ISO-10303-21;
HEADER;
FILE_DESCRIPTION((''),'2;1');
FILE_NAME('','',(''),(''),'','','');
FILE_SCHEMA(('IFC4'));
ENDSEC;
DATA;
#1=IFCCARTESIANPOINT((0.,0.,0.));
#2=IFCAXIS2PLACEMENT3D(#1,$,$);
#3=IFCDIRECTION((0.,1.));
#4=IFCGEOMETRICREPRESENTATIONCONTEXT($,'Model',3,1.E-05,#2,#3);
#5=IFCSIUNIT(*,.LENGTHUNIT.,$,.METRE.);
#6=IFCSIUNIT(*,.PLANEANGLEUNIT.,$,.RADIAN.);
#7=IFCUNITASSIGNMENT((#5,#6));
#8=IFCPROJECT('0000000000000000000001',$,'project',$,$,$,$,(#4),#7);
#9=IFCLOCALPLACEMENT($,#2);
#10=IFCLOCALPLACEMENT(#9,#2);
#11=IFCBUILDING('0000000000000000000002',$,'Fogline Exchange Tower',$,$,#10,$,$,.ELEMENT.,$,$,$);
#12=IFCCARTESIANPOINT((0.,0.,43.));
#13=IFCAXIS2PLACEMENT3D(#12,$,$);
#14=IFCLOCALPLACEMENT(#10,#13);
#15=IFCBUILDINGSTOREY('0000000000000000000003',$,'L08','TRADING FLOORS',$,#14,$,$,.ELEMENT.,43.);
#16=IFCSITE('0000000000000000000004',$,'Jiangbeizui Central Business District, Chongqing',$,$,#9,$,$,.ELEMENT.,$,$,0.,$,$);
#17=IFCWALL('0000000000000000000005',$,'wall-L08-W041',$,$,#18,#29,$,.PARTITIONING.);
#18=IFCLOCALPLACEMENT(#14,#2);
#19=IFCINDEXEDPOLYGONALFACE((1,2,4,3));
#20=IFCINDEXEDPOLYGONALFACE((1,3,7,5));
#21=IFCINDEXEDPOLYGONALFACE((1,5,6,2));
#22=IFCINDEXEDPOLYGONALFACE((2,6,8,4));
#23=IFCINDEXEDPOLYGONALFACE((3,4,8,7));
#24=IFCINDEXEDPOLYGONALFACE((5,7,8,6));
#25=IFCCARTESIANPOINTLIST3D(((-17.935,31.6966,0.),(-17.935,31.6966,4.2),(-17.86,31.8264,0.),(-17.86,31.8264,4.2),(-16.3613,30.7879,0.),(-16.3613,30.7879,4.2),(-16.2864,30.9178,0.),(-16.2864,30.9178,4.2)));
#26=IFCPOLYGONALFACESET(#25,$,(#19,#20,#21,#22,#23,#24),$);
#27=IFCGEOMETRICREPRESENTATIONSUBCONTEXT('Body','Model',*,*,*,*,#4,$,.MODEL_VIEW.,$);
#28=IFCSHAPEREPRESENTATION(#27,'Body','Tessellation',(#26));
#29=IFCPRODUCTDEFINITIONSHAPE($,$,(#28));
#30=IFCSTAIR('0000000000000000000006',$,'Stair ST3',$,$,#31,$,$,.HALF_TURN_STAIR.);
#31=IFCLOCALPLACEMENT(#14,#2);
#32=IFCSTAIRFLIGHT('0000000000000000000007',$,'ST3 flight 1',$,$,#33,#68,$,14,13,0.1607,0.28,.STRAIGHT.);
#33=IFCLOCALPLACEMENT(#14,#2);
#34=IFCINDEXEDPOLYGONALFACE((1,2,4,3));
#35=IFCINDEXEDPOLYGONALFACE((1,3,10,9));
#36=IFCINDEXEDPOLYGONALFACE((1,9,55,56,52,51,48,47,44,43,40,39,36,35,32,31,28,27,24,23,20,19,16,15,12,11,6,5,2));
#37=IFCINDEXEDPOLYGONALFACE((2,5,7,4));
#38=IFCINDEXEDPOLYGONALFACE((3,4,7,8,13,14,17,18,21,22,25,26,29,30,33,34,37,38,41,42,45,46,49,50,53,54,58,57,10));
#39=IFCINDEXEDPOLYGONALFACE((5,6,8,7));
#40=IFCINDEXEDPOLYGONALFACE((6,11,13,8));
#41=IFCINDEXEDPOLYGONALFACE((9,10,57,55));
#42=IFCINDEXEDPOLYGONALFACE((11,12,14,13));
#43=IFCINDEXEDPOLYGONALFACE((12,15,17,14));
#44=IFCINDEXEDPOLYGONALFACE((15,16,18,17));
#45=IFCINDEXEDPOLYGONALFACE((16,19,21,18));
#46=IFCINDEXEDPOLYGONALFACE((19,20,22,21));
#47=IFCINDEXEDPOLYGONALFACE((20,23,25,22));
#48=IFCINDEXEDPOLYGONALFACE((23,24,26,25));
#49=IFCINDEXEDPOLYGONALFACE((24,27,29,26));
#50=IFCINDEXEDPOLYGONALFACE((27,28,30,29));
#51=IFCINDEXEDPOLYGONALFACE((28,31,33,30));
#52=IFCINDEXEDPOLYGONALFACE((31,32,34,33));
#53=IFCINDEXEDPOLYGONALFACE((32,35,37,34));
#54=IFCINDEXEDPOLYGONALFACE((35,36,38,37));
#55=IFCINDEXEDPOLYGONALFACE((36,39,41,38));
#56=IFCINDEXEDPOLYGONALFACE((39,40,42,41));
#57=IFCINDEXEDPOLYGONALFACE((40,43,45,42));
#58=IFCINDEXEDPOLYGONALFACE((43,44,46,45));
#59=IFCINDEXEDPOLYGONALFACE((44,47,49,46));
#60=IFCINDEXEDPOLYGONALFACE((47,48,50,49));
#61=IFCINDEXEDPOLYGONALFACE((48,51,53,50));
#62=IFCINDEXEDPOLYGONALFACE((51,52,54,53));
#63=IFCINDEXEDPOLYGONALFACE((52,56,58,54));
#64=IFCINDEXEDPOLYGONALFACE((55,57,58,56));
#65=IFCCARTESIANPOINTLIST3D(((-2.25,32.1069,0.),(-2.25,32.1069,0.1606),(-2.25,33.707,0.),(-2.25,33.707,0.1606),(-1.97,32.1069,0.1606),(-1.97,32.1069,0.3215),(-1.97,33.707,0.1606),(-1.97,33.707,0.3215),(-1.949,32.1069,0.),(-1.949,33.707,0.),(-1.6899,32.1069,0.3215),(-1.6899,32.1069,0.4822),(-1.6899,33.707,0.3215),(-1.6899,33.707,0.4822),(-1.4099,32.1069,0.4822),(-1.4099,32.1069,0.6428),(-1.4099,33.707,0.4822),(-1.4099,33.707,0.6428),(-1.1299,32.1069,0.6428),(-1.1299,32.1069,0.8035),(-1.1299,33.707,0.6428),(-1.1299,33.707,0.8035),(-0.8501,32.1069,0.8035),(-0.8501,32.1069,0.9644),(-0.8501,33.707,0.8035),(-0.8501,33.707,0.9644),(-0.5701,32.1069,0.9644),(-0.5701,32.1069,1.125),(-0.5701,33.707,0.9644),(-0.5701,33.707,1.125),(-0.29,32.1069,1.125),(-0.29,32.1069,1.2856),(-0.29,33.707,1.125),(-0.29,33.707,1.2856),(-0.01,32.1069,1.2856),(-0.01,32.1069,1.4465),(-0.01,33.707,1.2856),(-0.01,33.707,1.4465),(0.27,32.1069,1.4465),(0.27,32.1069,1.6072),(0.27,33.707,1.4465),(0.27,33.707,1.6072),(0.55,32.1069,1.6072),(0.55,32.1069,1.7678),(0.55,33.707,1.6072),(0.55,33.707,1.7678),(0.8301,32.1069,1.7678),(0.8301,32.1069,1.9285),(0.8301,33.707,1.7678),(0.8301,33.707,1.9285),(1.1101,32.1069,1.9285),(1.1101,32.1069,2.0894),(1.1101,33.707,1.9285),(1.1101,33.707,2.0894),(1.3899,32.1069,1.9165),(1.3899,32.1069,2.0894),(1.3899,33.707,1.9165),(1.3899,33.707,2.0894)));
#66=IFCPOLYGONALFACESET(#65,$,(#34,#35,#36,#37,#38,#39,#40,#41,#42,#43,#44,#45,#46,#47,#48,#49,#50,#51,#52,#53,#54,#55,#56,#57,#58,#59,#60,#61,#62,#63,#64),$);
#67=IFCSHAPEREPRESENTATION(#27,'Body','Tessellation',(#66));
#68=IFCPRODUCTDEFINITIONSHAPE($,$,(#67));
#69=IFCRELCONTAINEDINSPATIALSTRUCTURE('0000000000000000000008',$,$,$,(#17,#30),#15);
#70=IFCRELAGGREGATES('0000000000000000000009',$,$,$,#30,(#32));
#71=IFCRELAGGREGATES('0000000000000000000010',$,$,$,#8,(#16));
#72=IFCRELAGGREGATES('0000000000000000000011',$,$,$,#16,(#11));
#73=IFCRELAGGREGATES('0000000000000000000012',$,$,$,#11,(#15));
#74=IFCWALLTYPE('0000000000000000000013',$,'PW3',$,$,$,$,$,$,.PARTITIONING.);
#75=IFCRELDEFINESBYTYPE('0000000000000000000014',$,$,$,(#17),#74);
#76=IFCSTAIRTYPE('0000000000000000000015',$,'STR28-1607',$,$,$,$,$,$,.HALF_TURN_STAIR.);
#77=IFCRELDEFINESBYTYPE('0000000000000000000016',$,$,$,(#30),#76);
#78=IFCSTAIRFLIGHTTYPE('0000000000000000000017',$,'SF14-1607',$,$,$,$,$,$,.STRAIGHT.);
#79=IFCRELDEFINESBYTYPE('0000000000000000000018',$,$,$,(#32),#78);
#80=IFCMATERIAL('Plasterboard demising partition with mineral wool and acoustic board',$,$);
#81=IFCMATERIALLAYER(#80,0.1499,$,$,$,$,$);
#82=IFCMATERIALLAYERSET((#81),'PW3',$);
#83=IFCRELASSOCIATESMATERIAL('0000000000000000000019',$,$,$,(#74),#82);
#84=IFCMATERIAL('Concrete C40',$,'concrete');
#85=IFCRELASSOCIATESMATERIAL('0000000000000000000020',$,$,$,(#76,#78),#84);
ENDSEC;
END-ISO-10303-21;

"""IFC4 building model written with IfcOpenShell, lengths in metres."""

from ifc_helpers import new_model, si_unit, direction, frame, frame_2d, origin, place, context, subcontext, project, spatial, polyline, rectangle, outline, extrude, material, layer, layer_set, type_object, element, aggregate, save


model = new_model("IFC4")

# Units and contexts
model_context = context("Model", 3, precision=1e-05, world=origin(), true_north=direction((0.0, 1.0)))
body_context = subcontext(model_context, "Body", "Model", "MODEL_VIEW")
ifc_project = project(units=[si_unit("LENGTHUNIT", "METRE"), si_unit("PLANEANGLEUNIT", "RADIAN")], contexts=[model_context])

# Site, building, storey
site_placement = place(None, origin())
site = spatial("IfcSite", under=ifc_project, at=site_placement, Name="Jiangbeizui Central Business District, Chongqing", CompositionType="ELEMENT", RefElevation=0.0)
building_placement = place(site_placement, origin())
building = spatial("IfcBuilding", under=site, at=building_placement, Name="Fogline Exchange Tower", CompositionType="ELEMENT")
storey_placement = place(building_placement, frame((0.0, 0.0, 43.0)))
storey = spatial("IfcBuildingStorey", under=building, at=storey_placement, Name="L08", Description="TRADING FLOORS", CompositionType="ELEMENT", Elevation=43.0)

# Shared definitions
ifc_material_1 = material(Name="Concrete C40", Category="concrete")

# Wall
ifc_material_2 = material(Name="Plasterboard demising partition with mineral wool and acoustic board")
ifc_layer_1 = layer(ifc_material_2, 0.1499)
ifc_layer_set_1 = layer_set([ifc_layer_1], Name="PW3")
wall_type_1 = type_object("IfcWallType", Name="PW3", PredefinedType="PARTITIONING", material=ifc_layer_set_1)
wall_1_placement = place(storey_placement, frame((-16.3237, 30.8528, 0.0), z_axis=(0.0, 0.0, 1.0), x_axis=(-0.866002, 0.50004, 0.0)))
element("IfcWall", 1, at=wall_1_placement, inside=storey, type_object=wall_type_1, Name="wall-L08-W041", PredefinedType="PARTITIONING", context=body_context, shape_type="SweptSolid", body=[
    extrude(rectangle(XDim=1.8171, YDim=0.1499, at=frame_2d((0.9087, 0.0))), origin(), (0.0, 0.0, 1.0), 4.2),
])

# Stair, stair flight
stair_type = type_object("IfcStairType", Name="STR28-1607", PredefinedType="HALF_TURN_STAIR", material=ifc_material_1)
stair_placement = place(storey_placement, origin())
stair = element("IfcStair", 2, at=stair_placement, inside=storey, type_object=stair_type, Name="Stair ST3", PredefinedType="HALF_TURN_STAIR")
stair_flight_type = type_object("IfcStairFlightType", Name="SF14-1607", PredefinedType="STRAIGHT", material=ifc_material_1)
stair_flight_placement = place(storey_placement, frame((-2.25, 32.907, 0.0), z_axis=(0.0, 0.0, 1.0), x_axis=(1.0, 0.0, 0.0)))
stair_flight = element("IfcStairFlight", 3, at=stair_flight_placement, type_object=stair_flight_type, Name="ST3 flight 1", NumberOfRisers=14, NumberOfTreads=13, PredefinedType="STRAIGHT", RiserHeight=0.1607, TreadLength=0.28, context=body_context, shape_type="SweptSolid", body=[
    extrude(outline(polyline([(0.0, 0.0), (0.0, 0.1606), (0.28, 0.1606), (0.28, 0.3215), (0.5601, 0.3215), (0.5601, 0.4822), (0.8401, 0.4822), (0.8401, 0.6428), (1.1201, 0.6428), (1.1201, 0.8035), (1.3999, 0.8035), (1.3999, 0.9644), (1.6799, 0.9644), (1.6799, 1.125), (1.96, 1.125), (1.96, 1.2856), (2.24, 1.2856), (2.24, 1.4465), (2.52, 1.4465), (2.52, 1.6072), (2.8, 1.6072), (2.8, 1.7678), (3.0801, 1.7678), (3.0801, 1.9285), (3.3601, 1.9285), (3.3601, 2.0894), (3.6399, 2.0894), (3.6399, 2.25), (3.6399, 1.9165), (0.301, 0.0), (0.0, 0.0)])), frame((0.0, 0.8, 0.0), z_axis=(0.0, -1.0, 0.0), x_axis=(1.0, 0.0, 0.0)), (0.0, 0.0, 1.0), 1.6001),
])
aggregate(stair, [stair_flight])

save(model, "model.ifc")
